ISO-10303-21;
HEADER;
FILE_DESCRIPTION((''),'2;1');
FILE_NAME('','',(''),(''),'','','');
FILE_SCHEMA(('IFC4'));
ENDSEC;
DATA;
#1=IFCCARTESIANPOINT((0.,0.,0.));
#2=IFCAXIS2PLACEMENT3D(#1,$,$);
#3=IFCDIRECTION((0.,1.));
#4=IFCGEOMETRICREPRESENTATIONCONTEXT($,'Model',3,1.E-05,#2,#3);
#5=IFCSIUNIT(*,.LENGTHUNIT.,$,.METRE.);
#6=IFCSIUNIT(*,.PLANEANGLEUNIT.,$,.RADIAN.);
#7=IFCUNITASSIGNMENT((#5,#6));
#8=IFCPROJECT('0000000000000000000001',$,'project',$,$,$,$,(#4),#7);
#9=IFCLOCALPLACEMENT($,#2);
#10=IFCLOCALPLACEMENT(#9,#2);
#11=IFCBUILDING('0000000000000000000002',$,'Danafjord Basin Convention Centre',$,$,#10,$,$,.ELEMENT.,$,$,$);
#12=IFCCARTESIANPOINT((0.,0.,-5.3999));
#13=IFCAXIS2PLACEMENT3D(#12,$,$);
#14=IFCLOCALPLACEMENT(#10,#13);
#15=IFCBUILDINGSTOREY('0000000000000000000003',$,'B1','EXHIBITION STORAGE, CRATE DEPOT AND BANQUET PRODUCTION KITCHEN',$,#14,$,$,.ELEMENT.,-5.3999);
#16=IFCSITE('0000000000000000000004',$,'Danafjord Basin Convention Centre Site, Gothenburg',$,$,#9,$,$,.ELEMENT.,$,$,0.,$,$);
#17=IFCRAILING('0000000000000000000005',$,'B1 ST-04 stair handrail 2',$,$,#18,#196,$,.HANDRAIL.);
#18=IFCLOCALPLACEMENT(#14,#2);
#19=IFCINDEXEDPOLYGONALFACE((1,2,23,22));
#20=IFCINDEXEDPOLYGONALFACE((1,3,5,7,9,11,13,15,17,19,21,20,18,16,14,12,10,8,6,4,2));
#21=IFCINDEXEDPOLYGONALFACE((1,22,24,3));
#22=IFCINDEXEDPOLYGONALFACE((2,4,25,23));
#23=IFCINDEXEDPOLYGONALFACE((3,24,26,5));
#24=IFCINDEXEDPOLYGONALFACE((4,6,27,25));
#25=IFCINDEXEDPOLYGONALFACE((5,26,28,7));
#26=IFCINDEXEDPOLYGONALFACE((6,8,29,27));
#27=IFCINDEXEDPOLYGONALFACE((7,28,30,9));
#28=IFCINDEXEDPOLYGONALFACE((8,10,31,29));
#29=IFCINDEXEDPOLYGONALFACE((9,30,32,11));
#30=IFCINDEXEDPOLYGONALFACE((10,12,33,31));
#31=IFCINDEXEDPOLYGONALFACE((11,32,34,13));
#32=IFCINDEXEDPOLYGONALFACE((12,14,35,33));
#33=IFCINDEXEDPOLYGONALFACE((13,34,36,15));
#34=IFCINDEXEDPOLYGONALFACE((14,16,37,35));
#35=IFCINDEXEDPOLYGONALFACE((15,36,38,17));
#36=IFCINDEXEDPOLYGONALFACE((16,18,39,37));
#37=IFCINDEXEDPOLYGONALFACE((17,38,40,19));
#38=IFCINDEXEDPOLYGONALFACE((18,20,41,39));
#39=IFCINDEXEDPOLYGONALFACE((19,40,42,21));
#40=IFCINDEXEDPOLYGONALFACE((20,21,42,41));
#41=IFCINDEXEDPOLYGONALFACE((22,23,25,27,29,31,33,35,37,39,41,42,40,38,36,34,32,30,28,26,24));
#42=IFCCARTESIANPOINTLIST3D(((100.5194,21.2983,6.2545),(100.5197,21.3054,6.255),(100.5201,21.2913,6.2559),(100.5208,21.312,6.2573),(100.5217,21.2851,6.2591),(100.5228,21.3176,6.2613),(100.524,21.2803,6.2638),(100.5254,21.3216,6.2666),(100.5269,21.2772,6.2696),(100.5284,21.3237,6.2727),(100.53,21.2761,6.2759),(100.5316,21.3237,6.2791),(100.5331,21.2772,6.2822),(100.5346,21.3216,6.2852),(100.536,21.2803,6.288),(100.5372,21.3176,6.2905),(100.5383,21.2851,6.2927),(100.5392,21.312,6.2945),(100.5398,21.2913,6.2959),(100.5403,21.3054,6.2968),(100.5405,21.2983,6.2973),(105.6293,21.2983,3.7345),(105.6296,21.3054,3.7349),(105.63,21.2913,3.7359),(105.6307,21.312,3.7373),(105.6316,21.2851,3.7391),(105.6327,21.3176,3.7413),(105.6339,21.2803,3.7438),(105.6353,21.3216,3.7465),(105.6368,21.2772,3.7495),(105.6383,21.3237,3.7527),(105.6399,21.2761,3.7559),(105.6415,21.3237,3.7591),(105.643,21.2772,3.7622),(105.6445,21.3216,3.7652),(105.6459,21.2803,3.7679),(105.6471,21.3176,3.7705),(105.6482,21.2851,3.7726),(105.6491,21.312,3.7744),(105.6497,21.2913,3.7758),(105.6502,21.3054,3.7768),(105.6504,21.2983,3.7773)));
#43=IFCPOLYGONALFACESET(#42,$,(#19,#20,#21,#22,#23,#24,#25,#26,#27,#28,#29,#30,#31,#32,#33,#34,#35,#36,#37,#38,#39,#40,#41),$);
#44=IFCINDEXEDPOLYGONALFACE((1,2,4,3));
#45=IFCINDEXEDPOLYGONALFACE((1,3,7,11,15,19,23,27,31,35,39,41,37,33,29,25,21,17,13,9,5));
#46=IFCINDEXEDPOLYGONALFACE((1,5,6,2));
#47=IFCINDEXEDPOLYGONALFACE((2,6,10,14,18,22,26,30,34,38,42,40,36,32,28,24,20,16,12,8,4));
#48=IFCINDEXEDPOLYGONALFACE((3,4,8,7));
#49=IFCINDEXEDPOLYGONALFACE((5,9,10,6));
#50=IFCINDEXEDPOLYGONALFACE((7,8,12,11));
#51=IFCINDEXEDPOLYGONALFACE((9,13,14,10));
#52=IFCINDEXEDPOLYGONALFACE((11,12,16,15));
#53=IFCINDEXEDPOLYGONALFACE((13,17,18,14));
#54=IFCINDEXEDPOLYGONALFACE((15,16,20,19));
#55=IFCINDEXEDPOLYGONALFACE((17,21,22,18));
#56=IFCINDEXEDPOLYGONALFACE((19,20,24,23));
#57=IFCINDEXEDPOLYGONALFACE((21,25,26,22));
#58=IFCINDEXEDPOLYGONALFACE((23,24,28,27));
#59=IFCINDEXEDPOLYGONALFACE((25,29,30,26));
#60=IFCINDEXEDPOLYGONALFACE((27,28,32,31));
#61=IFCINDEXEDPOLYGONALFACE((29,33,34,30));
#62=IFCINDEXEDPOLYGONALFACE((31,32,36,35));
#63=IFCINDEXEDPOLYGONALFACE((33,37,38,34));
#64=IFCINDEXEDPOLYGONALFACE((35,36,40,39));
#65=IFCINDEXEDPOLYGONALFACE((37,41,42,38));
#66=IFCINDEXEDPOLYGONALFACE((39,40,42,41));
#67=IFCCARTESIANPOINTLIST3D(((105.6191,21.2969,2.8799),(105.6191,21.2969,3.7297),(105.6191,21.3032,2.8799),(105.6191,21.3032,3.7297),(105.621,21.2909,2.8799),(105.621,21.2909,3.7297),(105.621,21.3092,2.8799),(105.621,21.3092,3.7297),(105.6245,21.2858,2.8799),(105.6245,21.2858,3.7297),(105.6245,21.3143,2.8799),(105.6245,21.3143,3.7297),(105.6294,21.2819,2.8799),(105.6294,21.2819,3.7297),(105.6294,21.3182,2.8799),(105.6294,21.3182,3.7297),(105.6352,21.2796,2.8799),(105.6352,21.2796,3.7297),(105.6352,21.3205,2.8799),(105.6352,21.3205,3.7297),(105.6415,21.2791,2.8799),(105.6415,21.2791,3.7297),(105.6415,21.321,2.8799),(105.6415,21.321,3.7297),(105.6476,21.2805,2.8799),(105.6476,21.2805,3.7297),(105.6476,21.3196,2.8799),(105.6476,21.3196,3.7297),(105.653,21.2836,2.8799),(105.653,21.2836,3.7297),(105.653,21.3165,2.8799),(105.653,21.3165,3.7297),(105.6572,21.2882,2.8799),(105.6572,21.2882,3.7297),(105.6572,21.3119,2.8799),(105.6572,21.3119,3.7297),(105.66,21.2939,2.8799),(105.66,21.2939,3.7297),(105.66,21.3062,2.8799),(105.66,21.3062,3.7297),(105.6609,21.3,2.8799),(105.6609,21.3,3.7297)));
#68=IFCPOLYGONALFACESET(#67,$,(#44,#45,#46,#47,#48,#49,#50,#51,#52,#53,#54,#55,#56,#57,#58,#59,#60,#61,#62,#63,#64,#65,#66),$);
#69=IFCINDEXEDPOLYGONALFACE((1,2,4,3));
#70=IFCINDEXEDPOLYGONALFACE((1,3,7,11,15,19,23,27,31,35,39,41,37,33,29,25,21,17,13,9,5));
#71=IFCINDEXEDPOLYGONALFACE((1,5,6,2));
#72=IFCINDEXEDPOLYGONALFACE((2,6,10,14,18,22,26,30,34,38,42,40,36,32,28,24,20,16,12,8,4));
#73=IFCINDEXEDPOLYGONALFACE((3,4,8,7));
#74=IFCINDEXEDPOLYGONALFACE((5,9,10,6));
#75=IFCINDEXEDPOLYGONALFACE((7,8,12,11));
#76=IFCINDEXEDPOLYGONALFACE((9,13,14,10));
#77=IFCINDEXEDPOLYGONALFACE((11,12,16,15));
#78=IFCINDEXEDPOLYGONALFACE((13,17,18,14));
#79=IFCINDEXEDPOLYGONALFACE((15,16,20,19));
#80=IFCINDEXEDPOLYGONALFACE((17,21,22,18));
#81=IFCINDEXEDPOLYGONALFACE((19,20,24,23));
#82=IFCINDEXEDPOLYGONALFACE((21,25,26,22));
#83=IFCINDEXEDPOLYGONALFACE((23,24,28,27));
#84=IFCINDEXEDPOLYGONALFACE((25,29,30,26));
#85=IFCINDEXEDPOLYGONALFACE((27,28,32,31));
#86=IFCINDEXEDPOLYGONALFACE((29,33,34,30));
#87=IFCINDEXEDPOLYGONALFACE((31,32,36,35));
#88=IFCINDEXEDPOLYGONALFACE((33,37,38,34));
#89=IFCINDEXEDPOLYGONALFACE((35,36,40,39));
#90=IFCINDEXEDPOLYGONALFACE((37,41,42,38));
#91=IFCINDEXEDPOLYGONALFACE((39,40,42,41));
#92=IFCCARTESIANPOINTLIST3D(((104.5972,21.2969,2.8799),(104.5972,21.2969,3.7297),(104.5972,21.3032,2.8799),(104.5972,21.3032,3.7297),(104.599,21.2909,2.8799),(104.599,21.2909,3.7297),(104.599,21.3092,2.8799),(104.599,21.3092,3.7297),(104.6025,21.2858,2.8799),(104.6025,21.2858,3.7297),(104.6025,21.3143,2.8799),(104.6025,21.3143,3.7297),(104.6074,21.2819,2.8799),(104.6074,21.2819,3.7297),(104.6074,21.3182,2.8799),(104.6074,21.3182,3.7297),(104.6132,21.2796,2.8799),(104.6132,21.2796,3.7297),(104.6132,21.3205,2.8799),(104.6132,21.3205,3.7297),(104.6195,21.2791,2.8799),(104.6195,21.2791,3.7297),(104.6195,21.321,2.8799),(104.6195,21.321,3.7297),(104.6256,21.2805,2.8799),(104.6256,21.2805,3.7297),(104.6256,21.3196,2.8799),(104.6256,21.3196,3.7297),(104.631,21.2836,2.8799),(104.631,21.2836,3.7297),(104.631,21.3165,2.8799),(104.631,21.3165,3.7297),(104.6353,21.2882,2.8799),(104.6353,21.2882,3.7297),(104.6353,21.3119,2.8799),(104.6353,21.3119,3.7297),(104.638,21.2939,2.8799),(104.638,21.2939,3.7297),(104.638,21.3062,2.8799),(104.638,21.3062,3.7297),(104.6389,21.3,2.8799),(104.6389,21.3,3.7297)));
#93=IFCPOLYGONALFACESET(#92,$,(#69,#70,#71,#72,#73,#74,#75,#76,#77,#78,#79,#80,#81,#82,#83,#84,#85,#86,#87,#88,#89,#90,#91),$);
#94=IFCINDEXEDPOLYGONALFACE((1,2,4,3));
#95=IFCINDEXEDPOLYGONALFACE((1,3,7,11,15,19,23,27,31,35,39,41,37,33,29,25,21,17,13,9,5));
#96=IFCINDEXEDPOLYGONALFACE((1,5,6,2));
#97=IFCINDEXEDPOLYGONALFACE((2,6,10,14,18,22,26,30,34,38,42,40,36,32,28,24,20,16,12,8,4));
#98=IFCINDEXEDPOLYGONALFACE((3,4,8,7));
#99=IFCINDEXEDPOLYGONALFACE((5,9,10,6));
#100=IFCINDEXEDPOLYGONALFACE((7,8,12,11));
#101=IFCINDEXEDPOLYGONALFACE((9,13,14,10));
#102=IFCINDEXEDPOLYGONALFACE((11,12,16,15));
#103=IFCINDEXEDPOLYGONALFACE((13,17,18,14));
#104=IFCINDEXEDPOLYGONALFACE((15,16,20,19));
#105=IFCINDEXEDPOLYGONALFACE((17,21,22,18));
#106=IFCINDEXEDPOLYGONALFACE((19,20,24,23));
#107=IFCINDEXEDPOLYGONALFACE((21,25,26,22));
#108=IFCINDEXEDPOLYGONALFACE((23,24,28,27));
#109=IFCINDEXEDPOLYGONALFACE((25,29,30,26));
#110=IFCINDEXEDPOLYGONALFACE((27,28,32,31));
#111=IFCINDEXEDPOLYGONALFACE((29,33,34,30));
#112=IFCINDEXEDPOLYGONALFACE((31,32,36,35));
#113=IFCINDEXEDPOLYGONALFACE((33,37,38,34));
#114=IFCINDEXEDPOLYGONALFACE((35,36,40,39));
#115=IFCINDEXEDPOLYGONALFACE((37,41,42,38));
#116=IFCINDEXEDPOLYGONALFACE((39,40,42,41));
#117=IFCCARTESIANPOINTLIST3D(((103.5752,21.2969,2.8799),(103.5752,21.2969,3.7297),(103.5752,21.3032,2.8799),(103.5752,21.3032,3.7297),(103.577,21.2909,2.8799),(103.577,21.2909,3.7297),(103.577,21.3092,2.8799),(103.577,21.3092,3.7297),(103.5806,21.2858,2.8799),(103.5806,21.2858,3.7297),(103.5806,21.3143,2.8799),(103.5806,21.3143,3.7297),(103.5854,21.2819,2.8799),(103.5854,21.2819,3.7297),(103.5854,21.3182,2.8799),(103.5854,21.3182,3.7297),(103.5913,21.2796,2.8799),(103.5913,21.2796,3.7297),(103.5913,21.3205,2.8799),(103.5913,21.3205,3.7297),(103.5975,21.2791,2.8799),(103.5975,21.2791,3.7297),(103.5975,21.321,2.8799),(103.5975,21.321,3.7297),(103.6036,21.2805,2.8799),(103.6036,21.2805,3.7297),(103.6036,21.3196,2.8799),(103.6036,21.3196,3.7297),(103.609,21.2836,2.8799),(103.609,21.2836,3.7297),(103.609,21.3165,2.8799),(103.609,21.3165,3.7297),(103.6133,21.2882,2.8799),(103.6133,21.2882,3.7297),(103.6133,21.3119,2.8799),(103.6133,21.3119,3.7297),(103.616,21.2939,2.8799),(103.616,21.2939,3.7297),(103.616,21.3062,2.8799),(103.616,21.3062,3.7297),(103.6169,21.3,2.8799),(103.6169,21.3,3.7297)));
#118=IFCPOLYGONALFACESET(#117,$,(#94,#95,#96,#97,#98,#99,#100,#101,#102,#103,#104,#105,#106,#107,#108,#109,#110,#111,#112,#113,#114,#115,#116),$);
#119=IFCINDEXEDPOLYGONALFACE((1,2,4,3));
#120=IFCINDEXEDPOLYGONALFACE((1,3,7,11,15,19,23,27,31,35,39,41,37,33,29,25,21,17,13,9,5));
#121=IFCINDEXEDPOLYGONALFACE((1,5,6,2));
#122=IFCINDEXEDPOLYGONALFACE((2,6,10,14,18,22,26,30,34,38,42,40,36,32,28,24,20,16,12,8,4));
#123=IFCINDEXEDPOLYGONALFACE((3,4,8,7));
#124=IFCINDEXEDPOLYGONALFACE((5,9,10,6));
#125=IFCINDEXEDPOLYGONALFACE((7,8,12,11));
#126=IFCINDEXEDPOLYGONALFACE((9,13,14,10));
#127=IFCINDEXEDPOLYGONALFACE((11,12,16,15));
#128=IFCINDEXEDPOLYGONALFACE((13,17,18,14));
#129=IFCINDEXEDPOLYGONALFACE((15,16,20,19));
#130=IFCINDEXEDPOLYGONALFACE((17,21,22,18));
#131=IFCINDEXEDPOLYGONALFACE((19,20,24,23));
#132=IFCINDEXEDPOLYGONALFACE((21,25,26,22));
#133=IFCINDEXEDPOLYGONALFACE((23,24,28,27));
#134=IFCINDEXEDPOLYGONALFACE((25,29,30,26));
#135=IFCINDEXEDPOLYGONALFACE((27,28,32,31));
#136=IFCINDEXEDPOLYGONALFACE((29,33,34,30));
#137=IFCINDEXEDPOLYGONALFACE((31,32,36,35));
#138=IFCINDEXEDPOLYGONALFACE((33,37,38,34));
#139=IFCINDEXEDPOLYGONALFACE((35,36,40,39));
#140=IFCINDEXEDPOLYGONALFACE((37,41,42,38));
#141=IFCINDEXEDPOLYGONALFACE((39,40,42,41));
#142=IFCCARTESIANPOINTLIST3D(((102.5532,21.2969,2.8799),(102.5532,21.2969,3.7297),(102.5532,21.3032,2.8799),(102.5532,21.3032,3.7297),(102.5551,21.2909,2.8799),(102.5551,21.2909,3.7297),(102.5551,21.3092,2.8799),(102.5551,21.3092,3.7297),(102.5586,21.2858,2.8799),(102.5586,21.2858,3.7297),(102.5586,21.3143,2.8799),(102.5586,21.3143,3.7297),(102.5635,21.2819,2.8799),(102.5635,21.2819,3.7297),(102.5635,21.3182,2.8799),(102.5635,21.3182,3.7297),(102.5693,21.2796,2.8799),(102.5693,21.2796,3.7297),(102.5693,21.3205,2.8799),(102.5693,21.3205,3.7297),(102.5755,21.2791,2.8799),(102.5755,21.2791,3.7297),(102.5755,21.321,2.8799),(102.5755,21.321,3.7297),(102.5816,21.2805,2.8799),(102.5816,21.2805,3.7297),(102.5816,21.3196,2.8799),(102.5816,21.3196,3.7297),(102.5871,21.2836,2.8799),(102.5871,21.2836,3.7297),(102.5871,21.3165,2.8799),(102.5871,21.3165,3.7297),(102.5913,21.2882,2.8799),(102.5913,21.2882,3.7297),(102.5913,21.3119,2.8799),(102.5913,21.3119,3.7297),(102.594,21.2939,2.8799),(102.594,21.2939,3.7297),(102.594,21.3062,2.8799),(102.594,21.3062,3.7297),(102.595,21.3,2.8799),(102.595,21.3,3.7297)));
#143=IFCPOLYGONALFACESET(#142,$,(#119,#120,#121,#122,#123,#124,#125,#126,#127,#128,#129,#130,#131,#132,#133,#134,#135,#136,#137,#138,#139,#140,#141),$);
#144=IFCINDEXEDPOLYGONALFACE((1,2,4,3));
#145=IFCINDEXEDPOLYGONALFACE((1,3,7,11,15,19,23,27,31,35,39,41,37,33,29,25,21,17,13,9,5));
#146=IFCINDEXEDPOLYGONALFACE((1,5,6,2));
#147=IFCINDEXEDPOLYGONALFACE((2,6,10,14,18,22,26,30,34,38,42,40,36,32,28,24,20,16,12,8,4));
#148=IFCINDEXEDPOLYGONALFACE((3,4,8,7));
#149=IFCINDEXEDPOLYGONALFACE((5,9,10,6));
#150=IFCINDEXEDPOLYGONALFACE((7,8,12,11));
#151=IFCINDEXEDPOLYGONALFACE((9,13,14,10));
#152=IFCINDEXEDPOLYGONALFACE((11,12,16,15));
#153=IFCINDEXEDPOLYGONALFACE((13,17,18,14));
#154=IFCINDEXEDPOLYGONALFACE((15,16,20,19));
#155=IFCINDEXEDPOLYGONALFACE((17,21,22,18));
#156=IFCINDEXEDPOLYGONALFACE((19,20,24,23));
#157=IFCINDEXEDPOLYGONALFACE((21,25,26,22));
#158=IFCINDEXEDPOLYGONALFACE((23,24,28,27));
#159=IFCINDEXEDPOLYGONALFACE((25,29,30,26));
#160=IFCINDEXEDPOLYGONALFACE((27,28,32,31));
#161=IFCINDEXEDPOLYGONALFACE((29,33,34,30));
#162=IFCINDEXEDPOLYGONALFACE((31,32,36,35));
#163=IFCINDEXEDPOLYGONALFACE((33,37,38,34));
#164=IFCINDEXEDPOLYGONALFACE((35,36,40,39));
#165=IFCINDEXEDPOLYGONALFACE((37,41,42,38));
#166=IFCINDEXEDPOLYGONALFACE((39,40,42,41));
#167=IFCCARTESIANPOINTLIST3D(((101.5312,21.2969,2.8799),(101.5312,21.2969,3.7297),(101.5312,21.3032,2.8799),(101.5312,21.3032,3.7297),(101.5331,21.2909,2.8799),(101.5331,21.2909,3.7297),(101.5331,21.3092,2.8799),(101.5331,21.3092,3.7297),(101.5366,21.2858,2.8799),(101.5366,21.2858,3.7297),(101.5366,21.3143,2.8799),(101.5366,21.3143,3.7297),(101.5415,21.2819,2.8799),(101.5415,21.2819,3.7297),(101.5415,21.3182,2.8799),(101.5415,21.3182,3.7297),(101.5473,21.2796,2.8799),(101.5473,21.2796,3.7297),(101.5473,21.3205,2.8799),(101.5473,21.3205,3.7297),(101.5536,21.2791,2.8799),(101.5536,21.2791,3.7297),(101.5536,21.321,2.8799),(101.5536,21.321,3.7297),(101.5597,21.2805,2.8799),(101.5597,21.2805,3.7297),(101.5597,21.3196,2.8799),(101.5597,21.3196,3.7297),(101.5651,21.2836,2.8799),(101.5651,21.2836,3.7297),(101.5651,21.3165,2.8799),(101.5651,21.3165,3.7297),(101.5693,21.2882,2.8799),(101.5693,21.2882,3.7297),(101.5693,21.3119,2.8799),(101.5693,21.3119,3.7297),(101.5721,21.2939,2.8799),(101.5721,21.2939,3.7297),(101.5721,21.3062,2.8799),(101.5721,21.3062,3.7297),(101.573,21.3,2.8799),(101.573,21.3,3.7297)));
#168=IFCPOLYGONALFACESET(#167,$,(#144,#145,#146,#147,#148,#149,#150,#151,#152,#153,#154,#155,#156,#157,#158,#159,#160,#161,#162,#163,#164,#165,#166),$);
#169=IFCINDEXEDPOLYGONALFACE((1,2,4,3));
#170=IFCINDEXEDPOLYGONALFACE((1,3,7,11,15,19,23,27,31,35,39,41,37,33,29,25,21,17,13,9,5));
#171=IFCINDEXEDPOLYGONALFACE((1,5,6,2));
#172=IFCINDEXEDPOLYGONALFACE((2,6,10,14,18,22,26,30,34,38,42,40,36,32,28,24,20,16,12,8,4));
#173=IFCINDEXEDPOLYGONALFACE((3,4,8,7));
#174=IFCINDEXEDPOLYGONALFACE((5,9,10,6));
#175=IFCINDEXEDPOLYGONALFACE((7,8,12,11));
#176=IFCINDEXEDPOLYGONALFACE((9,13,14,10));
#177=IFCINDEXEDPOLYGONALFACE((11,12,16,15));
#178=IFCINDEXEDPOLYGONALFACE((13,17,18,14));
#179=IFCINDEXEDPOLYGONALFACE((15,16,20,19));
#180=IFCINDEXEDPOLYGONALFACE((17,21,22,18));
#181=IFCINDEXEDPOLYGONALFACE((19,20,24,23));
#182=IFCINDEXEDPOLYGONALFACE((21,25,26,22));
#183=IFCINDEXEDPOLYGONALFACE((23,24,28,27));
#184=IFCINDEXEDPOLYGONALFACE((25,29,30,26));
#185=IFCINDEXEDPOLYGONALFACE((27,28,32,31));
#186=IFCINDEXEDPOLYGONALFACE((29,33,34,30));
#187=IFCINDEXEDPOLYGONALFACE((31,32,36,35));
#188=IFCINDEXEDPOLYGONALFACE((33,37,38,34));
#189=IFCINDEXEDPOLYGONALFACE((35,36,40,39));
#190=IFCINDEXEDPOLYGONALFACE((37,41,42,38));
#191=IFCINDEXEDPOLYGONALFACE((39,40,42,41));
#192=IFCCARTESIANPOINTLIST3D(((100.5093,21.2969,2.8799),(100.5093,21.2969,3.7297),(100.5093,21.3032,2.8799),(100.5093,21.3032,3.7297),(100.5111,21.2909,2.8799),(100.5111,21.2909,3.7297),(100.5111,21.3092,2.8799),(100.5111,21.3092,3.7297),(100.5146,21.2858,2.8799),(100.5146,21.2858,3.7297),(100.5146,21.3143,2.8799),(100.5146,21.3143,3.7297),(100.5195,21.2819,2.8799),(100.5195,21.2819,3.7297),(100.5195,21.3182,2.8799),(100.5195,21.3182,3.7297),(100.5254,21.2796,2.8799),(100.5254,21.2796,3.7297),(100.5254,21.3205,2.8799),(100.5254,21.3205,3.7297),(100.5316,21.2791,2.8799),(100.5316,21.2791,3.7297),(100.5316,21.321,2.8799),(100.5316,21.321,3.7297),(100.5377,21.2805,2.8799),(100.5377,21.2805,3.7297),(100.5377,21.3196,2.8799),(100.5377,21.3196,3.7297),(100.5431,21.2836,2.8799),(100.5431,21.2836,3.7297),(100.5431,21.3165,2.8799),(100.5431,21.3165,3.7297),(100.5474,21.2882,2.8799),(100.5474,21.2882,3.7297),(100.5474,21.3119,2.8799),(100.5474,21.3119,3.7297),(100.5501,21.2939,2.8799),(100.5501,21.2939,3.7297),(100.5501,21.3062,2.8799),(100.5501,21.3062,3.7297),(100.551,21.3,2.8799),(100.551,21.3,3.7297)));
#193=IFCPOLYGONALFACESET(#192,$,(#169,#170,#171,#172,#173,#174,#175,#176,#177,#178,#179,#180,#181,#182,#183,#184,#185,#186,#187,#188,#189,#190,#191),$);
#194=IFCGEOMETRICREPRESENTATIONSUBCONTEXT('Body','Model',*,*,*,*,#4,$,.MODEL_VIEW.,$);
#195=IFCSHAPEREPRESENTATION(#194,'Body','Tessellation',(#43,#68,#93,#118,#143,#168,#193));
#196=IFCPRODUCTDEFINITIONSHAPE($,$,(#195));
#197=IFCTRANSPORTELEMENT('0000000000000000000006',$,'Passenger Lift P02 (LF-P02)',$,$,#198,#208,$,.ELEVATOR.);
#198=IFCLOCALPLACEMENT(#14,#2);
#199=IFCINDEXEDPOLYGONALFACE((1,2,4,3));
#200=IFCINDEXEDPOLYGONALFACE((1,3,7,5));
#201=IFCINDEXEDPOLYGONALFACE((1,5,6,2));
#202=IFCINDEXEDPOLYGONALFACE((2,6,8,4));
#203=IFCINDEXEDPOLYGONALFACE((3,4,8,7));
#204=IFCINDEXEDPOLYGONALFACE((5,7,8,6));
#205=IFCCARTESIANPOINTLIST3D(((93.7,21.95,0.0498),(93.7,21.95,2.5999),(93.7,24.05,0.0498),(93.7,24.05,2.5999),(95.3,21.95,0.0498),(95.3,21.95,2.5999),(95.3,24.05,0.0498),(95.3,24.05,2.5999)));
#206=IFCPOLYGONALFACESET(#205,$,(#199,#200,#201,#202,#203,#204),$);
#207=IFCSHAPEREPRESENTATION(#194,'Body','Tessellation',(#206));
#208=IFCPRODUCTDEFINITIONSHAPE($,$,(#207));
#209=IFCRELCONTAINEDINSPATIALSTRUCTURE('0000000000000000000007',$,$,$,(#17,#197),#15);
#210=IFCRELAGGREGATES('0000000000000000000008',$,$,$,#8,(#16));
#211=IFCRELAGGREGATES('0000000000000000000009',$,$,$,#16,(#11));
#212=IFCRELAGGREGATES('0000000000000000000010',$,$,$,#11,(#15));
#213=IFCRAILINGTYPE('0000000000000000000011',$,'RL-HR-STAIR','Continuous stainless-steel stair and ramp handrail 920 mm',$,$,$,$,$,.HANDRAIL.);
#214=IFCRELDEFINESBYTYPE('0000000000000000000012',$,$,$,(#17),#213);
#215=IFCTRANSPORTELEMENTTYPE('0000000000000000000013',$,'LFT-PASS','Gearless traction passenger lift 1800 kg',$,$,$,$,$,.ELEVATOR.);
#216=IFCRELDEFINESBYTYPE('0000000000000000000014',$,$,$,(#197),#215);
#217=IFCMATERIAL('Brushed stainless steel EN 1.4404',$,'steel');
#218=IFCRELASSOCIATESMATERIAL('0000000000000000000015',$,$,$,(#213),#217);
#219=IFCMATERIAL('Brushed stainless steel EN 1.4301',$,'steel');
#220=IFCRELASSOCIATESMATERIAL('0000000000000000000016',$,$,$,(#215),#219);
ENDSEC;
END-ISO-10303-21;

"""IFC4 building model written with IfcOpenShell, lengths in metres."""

from ifc_helpers import new_model, si_unit, direction, frame, origin, origin_2d, place, context, subcontext, project, spatial, rectangle, circle, extrude, material, type_object, element, save


model = new_model("IFC4")

# Units and contexts
model_context = context("Model", 3, precision=1e-05, world=origin(), true_north=direction((0.0, 1.0)))
body_context = subcontext(model_context, "Body", "Model", "MODEL_VIEW")
ifc_project = project(units=[si_unit("LENGTHUNIT", "METRE"), si_unit("PLANEANGLEUNIT", "RADIAN")], contexts=[model_context])

# Site, building, storey
site_placement = place(None, origin())
site = spatial("IfcSite", under=ifc_project, at=site_placement, Name="Danafjord Basin Convention Centre Site, Gothenburg", CompositionType="ELEMENT", RefElevation=0.0)
building_placement = place(site_placement, origin())
building = spatial("IfcBuilding", under=site, at=building_placement, Name="Danafjord Basin Convention Centre", CompositionType="ELEMENT")
storey_placement = place(building_placement, frame((0.0, 0.0, -5.3999)))
storey = spatial("IfcBuildingStorey", under=building, at=storey_placement, Name="B1", Description="EXHIBITION STORAGE, CRATE DEPOT AND BANQUET PRODUCTION KITCHEN", CompositionType="ELEMENT", Elevation=-5.3999)

# Railing
ifc_material_1 = material(Name="Brushed stainless steel EN 1.4404", Category="steel")
railing_type_1 = type_object("IfcRailingType", Name="RL-HR-STAIR", Description="Continuous stainless-steel stair and ramp handrail 920 mm", PredefinedType="HANDRAIL", material=ifc_material_1)
railing_1_placement = place(storey_placement, frame((105.6399, 21.3, 2.8799)))
element("IfcRailing", 1, at=railing_1_placement, inside=storey, type_object=railing_type_1, Name="B1 ST-04 stair handrail 2", PredefinedType="HANDRAIL", context=body_context, shape_type="SweptSolid", body=[
    extrude(circle(Radius=0.0239, at=origin_2d()), frame((0.0, 0.0, 0.876), z_axis=(-0.896865, 0.0, 0.442305), x_axis=(0.0, -1.0, 0.0)), (0.0, 0.0, 1.0), 5.6975),
    extrude(circle(Radius=0.021, at=origin_2d()), origin(), (0.0, 0.0, 1.0), 0.8499),
    extrude(circle(Radius=0.021, at=origin_2d()), frame((-1.022, 0.0, 0.0)), (0.0, 0.0, 1.0), 0.8499),
    extrude(circle(Radius=0.021, at=origin_2d()), frame((-2.0439, 0.0, 0.0)), (0.0, 0.0, 1.0), 0.8499),
    extrude(circle(Radius=0.021, at=origin_2d()), frame((-3.0659, 0.0, 0.0)), (0.0, 0.0, 1.0), 0.8499),
    extrude(circle(Radius=0.021, at=origin_2d()), frame((-4.0879, 0.0, 0.0)), (0.0, 0.0, 1.0), 0.8499),
    extrude(circle(Radius=0.021, at=origin_2d()), frame((-5.1099, 0.0, 0.0)), (0.0, 0.0, 1.0), 0.8499),
])

# Transport element
ifc_material_2 = material(Name="Brushed stainless steel EN 1.4301", Category="steel")
transport_element_type = type_object("IfcTransportElementType", Name="LFT-PASS", Description="Gearless traction passenger lift 1800 kg", PredefinedType="ELEVATOR", material=ifc_material_2)
transport_element_placement = place(storey_placement, frame((94.5, 23.0, 0.0498), z_axis=(0.0, 0.0, 1.0), x_axis=(1.0, 0.0, 0.0)))
element("IfcTransportElement", 2, at=transport_element_placement, inside=storey, type_object=transport_element_type, Name="Passenger Lift P02 (LF-P02)", PredefinedType="ELEVATOR", context=body_context, shape_type="SweptSolid", body=[
    extrude(rectangle(XDim=1.6001, YDim=2.1001, at=origin_2d()), origin(), (0.0, 0.0, 1.0), 2.55),
])

save(model, "model.ifc")
